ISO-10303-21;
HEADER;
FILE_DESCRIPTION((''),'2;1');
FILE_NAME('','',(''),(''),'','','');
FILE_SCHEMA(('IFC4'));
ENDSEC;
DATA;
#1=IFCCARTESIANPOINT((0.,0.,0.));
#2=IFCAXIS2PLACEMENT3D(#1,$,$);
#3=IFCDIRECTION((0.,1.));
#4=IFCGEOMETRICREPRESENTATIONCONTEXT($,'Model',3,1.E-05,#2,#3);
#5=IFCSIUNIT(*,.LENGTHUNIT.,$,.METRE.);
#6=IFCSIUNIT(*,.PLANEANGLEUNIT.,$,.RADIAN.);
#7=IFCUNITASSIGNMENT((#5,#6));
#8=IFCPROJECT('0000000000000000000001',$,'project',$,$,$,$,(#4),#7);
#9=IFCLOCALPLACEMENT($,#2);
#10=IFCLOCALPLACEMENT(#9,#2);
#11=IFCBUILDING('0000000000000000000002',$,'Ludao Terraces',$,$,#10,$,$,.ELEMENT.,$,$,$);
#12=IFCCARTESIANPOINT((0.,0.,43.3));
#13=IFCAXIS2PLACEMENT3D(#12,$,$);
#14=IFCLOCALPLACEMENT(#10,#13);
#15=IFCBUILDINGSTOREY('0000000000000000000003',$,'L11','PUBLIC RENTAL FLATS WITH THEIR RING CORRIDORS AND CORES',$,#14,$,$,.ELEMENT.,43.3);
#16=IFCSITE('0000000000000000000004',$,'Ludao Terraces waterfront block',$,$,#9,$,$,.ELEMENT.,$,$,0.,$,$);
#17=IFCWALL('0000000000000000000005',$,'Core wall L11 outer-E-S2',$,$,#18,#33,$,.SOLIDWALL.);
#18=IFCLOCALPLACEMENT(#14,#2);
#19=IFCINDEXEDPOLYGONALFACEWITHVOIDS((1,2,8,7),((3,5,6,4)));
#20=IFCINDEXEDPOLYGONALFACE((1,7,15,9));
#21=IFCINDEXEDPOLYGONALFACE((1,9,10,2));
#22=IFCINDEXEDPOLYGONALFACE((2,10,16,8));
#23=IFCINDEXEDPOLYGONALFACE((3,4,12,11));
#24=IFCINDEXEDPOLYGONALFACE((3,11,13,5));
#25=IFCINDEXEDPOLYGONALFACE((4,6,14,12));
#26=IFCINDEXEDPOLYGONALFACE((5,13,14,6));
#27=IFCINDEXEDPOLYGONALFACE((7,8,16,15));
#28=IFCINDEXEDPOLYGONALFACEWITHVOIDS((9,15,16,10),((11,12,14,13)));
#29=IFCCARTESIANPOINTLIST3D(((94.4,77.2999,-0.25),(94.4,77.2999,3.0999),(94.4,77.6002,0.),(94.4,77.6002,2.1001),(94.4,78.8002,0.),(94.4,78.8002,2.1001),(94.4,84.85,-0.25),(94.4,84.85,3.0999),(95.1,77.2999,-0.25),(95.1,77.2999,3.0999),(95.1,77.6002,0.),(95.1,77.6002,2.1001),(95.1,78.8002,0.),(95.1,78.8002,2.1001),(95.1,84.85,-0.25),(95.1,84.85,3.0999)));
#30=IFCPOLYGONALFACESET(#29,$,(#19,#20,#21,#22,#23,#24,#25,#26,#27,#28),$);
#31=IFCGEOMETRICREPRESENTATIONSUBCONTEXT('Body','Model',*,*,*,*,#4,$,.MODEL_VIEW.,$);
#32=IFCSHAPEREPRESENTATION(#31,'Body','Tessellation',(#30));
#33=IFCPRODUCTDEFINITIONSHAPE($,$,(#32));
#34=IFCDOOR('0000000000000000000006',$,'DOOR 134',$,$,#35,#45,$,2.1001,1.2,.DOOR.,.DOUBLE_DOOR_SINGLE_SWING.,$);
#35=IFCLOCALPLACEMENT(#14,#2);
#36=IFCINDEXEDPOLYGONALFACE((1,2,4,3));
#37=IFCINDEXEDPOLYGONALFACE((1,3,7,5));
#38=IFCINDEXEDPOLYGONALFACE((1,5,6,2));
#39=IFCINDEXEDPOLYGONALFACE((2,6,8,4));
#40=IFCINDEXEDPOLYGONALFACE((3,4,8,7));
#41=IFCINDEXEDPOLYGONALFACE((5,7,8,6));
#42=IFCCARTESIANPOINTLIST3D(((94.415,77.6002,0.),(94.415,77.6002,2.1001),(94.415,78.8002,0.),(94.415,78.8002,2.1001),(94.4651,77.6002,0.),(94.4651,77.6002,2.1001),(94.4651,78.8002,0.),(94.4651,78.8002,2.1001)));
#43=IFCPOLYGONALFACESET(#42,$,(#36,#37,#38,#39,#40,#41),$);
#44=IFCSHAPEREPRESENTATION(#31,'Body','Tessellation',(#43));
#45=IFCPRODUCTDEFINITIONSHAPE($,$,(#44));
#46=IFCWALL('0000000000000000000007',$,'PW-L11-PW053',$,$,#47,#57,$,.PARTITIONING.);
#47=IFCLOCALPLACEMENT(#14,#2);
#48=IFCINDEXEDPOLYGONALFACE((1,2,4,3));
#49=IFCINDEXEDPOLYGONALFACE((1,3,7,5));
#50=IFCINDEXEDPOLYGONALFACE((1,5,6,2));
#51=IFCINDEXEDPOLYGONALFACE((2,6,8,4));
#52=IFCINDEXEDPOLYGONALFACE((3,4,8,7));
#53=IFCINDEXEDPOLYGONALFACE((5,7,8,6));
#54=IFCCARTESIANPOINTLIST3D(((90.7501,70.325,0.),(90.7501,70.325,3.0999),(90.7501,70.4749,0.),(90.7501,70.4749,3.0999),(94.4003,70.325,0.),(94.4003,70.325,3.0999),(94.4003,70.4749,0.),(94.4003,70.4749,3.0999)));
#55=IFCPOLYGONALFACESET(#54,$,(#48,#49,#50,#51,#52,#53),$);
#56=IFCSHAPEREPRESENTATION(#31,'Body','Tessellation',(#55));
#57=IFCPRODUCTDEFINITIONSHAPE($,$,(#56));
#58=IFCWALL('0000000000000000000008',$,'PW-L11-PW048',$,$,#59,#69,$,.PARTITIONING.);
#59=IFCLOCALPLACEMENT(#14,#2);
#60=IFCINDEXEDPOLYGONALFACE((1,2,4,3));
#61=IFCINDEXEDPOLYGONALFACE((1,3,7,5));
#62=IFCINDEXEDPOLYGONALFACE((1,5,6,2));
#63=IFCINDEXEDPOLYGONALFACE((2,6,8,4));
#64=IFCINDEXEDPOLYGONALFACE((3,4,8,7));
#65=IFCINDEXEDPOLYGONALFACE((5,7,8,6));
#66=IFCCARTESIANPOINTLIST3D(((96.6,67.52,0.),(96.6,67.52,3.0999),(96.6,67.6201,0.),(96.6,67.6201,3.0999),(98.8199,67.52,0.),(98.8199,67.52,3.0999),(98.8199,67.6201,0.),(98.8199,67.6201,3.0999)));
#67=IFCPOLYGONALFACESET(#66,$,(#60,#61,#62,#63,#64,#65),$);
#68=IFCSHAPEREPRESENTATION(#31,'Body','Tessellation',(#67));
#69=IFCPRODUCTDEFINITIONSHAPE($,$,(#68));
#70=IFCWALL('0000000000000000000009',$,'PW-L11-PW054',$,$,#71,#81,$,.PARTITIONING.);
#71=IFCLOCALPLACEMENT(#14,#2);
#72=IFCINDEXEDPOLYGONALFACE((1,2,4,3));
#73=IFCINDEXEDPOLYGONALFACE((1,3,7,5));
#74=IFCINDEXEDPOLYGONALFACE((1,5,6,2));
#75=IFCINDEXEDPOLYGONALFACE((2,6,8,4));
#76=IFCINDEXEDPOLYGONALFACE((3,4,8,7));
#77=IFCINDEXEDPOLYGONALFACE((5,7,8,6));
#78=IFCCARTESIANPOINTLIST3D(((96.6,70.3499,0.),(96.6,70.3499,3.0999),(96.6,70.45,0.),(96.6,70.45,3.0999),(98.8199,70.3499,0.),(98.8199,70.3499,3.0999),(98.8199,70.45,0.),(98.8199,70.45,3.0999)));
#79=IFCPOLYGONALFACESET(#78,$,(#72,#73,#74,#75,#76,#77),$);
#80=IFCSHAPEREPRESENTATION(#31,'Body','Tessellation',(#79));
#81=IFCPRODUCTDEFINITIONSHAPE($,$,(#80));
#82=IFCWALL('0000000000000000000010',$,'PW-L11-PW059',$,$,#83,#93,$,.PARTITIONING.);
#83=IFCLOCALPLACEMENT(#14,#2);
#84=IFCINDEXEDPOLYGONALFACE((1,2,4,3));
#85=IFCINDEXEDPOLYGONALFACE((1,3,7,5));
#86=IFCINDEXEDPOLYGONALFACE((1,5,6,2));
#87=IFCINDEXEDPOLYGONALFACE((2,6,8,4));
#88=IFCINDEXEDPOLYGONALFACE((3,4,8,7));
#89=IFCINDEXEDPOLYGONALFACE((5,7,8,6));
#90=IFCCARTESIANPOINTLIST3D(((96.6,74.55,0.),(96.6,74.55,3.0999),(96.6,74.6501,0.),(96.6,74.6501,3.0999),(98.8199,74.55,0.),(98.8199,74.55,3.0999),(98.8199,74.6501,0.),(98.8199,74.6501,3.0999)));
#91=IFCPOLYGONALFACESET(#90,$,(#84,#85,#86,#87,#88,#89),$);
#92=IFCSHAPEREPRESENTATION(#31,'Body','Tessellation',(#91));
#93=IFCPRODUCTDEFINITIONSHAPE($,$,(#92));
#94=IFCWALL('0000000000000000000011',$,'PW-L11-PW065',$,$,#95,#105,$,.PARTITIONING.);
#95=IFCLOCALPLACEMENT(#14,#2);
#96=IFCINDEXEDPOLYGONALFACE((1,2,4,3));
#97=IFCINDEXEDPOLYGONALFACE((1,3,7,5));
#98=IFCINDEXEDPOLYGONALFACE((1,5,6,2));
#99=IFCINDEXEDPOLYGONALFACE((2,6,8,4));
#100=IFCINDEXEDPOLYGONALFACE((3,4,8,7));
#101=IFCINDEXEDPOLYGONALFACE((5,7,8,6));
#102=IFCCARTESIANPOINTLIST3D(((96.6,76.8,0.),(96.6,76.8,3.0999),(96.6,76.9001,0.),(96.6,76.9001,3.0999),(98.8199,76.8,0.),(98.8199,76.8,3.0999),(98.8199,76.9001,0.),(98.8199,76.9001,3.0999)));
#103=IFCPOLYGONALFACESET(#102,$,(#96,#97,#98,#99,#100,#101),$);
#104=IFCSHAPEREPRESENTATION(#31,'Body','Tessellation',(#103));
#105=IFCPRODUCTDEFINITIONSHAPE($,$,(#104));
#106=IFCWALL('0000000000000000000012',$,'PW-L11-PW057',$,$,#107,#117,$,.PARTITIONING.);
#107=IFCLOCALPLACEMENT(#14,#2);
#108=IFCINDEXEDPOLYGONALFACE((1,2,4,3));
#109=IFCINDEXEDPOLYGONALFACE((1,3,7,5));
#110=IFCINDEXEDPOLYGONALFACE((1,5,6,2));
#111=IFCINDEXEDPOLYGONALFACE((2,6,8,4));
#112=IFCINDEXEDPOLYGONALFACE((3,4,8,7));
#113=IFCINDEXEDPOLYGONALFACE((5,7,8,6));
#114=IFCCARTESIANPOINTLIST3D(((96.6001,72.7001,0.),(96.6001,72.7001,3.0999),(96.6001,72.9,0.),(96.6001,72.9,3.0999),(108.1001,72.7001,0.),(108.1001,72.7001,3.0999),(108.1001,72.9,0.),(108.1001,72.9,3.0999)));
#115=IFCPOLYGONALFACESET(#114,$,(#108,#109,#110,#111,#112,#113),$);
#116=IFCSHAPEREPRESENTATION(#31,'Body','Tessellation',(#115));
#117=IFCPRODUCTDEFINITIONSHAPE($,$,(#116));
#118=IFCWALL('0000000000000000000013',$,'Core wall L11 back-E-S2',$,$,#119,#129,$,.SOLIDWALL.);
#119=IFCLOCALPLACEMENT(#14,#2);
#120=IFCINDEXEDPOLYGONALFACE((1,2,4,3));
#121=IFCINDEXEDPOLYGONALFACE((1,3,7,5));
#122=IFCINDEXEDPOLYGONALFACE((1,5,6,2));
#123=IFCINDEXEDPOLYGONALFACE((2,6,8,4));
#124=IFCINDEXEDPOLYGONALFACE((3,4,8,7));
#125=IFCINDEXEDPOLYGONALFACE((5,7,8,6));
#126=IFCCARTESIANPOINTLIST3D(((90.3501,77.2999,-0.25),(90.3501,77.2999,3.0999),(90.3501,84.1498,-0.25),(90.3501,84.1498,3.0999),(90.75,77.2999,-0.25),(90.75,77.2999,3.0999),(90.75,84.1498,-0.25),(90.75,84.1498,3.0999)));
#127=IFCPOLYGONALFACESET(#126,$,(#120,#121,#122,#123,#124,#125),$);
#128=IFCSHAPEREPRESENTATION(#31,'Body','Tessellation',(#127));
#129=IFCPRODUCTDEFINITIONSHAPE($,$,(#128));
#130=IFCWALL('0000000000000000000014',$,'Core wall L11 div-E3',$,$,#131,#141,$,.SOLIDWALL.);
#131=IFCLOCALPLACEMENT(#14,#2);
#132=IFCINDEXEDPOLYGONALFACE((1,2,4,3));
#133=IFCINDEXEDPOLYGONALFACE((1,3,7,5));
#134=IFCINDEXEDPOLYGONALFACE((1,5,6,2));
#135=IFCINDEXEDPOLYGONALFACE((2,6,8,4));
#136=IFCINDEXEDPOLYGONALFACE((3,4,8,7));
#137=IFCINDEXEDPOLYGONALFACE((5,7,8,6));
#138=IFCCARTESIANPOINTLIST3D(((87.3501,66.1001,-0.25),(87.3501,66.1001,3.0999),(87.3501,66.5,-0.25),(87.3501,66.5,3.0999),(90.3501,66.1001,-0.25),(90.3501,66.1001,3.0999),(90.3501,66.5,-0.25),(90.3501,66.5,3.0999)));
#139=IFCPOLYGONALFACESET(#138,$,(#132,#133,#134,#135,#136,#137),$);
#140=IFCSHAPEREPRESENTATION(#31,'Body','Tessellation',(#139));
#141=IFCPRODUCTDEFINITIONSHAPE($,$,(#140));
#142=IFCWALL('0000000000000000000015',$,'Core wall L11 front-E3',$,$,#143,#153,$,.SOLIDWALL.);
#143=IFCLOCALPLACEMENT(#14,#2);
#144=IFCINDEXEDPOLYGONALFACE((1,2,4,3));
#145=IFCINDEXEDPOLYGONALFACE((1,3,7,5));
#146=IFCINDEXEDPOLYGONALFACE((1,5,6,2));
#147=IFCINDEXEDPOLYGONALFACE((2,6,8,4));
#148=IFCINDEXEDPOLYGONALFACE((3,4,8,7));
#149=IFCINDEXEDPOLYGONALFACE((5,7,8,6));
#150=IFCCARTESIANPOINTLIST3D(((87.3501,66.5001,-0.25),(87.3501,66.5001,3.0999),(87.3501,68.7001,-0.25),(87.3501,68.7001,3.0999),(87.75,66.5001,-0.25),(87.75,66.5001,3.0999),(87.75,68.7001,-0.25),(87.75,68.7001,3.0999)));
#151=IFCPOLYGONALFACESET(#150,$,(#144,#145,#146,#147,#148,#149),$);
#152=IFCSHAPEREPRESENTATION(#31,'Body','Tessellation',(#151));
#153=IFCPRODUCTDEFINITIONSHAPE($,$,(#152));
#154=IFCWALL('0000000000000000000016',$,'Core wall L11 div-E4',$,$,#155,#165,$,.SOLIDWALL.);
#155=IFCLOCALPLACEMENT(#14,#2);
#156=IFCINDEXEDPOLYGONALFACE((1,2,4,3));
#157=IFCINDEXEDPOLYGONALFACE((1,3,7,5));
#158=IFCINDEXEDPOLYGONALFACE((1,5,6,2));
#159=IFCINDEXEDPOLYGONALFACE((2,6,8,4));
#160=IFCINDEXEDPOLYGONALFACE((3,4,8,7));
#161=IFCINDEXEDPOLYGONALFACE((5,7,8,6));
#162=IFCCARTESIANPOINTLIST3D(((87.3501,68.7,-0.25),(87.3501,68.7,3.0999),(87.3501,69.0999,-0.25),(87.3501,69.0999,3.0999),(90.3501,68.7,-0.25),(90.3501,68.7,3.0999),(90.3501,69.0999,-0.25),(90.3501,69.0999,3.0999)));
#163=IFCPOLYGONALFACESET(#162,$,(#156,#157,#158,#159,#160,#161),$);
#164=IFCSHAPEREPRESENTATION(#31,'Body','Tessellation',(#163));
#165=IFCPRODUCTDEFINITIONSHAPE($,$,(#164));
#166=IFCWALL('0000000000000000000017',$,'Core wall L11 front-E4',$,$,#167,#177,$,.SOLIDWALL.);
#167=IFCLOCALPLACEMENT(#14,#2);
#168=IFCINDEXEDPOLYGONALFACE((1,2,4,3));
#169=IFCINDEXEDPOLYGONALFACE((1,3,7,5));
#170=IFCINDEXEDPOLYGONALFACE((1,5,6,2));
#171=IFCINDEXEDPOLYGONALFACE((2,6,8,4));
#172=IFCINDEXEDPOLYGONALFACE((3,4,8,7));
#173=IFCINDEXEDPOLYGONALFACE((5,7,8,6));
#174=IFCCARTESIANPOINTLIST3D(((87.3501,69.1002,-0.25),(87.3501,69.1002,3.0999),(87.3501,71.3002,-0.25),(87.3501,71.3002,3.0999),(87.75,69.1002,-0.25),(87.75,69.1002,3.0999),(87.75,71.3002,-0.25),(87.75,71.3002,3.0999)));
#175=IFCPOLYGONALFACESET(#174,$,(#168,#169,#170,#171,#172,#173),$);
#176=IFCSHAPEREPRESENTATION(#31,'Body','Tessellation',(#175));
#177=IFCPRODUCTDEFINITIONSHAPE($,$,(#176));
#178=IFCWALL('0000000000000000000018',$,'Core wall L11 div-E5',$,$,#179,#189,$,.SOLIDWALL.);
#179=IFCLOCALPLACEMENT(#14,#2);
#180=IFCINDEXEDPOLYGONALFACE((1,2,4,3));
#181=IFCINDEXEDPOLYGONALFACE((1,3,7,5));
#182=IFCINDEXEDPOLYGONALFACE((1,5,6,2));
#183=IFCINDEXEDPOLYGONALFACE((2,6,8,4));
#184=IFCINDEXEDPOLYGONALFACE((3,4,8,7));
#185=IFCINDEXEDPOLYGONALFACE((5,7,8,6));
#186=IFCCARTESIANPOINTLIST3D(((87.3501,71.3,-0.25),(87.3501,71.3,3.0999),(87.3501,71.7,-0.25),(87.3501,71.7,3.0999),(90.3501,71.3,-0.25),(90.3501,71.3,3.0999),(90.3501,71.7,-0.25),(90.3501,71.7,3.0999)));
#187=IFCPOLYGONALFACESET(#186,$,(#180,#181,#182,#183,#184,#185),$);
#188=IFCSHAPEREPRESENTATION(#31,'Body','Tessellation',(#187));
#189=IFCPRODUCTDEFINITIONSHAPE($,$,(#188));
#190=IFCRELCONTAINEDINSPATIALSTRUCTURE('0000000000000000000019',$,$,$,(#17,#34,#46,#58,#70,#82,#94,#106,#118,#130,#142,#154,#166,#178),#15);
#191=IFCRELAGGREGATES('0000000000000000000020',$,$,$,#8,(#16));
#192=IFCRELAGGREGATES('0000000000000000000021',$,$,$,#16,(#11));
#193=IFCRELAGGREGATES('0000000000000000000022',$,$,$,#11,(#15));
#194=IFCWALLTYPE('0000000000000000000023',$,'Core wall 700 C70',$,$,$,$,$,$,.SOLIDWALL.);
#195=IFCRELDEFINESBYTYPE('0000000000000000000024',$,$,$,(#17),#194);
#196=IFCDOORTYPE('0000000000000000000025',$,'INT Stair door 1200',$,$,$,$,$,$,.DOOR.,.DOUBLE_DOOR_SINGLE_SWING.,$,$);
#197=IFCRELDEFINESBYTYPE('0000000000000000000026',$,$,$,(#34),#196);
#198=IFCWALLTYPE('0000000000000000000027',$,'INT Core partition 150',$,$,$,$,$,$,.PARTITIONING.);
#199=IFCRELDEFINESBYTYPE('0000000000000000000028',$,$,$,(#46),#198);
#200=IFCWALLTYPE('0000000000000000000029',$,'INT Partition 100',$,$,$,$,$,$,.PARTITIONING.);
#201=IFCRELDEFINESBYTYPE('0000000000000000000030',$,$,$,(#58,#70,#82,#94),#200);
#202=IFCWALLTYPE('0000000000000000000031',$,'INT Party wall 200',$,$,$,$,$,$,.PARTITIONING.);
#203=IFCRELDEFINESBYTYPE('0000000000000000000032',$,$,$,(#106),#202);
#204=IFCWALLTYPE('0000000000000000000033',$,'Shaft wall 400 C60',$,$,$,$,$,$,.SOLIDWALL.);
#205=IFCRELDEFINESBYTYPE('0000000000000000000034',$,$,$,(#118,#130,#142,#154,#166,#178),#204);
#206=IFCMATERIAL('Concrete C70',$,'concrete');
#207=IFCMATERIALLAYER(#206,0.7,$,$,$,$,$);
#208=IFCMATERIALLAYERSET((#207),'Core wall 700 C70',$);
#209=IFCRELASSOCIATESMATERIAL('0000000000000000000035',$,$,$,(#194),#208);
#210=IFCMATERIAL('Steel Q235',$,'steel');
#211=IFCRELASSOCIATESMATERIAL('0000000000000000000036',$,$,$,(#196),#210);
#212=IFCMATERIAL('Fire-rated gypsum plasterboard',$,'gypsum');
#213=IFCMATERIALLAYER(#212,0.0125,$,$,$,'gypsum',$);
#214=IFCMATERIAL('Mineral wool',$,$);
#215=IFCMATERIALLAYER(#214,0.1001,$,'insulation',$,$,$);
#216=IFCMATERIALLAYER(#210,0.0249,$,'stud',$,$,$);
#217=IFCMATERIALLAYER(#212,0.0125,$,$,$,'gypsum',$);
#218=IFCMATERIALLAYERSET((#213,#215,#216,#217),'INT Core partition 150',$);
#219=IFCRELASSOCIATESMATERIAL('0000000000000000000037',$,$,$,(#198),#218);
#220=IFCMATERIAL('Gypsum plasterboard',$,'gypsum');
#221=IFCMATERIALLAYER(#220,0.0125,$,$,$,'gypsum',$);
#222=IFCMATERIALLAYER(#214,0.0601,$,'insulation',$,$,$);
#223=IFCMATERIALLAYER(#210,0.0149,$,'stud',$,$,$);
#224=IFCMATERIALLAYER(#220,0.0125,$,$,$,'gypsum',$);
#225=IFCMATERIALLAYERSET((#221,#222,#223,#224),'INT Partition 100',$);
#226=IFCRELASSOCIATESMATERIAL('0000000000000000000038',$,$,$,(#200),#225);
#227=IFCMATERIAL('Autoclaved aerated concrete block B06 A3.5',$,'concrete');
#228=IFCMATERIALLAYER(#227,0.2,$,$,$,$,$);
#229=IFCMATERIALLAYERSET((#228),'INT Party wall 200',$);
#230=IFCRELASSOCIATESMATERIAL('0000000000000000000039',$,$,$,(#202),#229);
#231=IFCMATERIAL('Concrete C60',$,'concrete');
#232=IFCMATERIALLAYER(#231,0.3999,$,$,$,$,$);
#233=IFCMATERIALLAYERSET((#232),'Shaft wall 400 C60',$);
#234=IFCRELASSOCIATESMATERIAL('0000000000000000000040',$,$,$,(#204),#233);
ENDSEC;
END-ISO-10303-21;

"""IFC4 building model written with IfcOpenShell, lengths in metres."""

from ifc_helpers import new_model, si_unit, direction, frame, frame_2d, origin, place, context, subcontext, project, spatial, rectangle, extrude, material, layer, layer_set, type_object, element, fill, save


model = new_model("IFC4")

# Units and contexts
model_context = context("Model", 3, precision=1e-05, world=origin(), true_north=direction((0.0, 1.0)))
body_context = subcontext(model_context, "Body", "Model", "MODEL_VIEW")
ifc_project = project(units=[si_unit("LENGTHUNIT", "METRE"), si_unit("PLANEANGLEUNIT", "RADIAN")], contexts=[model_context])

# Site, building, storey
site_placement = place(None, origin())
site = spatial("IfcSite", under=ifc_project, at=site_placement, Name="Ludao Terraces waterfront block", CompositionType="ELEMENT", RefElevation=0.0)
building_placement = place(site_placement, origin())
building = spatial("IfcBuilding", under=site, at=building_placement, Name="Ludao Terraces", CompositionType="ELEMENT")
storey_placement = place(building_placement, frame((0.0, 0.0, 43.3)))
storey = spatial("IfcBuildingStorey", under=building, at=storey_placement, Name="L11", Description="PUBLIC RENTAL FLATS WITH THEIR RING CORRIDORS AND CORES", CompositionType="ELEMENT", Elevation=43.3)

# Wall, opening, door
ifc_material_1 = material(Name="Concrete C70", Category="concrete")
ifc_layer_1 = layer(ifc_material_1, 0.7)
ifc_layer_set_1 = layer_set([ifc_layer_1], Name="Core wall 700 C70")
wall_type_1 = type_object("IfcWallType", Name="Core wall 700 C70", PredefinedType="SOLIDWALL", material=ifc_layer_set_1)
wall_1_placement = place(storey_placement, frame((94.75, 77.3, -0.25), z_axis=(0.0, 0.0, 1.0), x_axis=(0.0, 1.0, 0.0)))
wall_1 = element("IfcWall", 1, at=wall_1_placement, inside=storey, type_object=wall_type_1, Name="Core wall L11 outer-E-S2", PredefinedType="SOLIDWALL", context=body_context, shape_type="SweptSolid", body=[
    extrude(rectangle(XDim=7.55, YDim=0.7, at=frame_2d((3.7749, 0.0))), origin(), (0.0, 0.0, 1.0), 3.3499),
])
opening_1_placement = place(wall_1_placement, frame((0.3, 0.0, 0.25)))
opening_1 = element("IfcOpeningElement", 2, at=opening_1_placement, cuts=wall_1, PredefinedType="OPENING", context=body_context, shape_type="SweptSolid", body=[
    extrude(rectangle(XDim=1.2, YDim=2.1001, at=frame_2d((0.6001, 1.05))), frame((0.0, 0.3599, 0.0), z_axis=(0.0, -1.0, 0.0), x_axis=(1.0, 0.0, 0.0)), (0.0, 0.0, 1.0), 0.72),
])
ifc_material_2 = material(Name="Steel Q235", Category="steel")
door_type_1 = type_object("IfcDoorType", Name="INT Stair door 1200", OperationType="DOUBLE_DOOR_SINGLE_SWING", PredefinedType="DOOR", material=ifc_material_2)
door_1_placement = place(opening_1_placement, origin())
door_1 = element("IfcDoor", 3, at=door_1_placement, inside=storey, type_object=door_type_1, Name="DOOR 134", OperationType="DOUBLE_DOOR_SINGLE_SWING", OverallHeight=2.1001, OverallWidth=1.2, PredefinedType="DOOR", context=body_context, shape_type="SweptSolid", body=[
    extrude(rectangle(XDim=1.2, YDim=2.1001, at=frame_2d((0.6001, 1.05))), frame((0.0, 0.335, 0.0), z_axis=(0.0, -1.0, 0.0), x_axis=(1.0, 0.0, 0.0)), (0.0, 0.0, 1.0), 0.05),
])
fill(opening_1, door_1)

# Walls
ifc_material_3 = material(Name="Fire-rated gypsum plasterboard", Category="gypsum")
ifc_layer_2 = layer(ifc_material_3, 0.0125, Category="gypsum")
ifc_material_4 = material(Name="Mineral wool")
ifc_layer_3 = layer(ifc_material_4, 0.1001, Name="insulation")
ifc_layer_4 = layer(ifc_material_2, 0.0249, Name="stud")
ifc_layer_5 = layer(ifc_material_3, 0.0125, Category="gypsum")
ifc_layer_set_2 = layer_set([ifc_layer_2, ifc_layer_3, ifc_layer_4, ifc_layer_5], Name="INT Core partition 150")
wall_type_2 = type_object("IfcWallType", Name="INT Core partition 150", PredefinedType="PARTITIONING", material=ifc_layer_set_2)
wall_2_placement = place(storey_placement, frame((90.75, 70.3999, 0.0), z_axis=(0.0, 0.0, 1.0), x_axis=(1.0, 0.0, 0.0)))
element("IfcWall", 4, at=wall_2_placement, inside=storey, type_object=wall_type_2, Name="PW-L11-PW053", PredefinedType="PARTITIONING", context=body_context, shape_type="SweptSolid", body=[
    extrude(rectangle(XDim=3.6501, YDim=0.1499, at=frame_2d((1.8252, 0.0))), origin(), (0.0, 0.0, 1.0), 3.0999),
])
ifc_material_5 = material(Name="Gypsum plasterboard", Category="gypsum")
ifc_layer_6 = layer(ifc_material_5, 0.0125, Category="gypsum")
ifc_layer_7 = layer(ifc_material_4, 0.0601, Name="insulation")
ifc_layer_8 = layer(ifc_material_2, 0.0149, Name="stud")
ifc_layer_9 = layer(ifc_material_5, 0.0125, Category="gypsum")
ifc_layer_set_3 = layer_set([ifc_layer_6, ifc_layer_7, ifc_layer_8, ifc_layer_9], Name="INT Partition 100")
wall_type_3 = type_object("IfcWallType", Name="INT Partition 100", PredefinedType="PARTITIONING", material=ifc_layer_set_3)
for number, where, z_axis, x_axis, name in (
    (5, (96.6001, 67.5701, 0.0), (0.0, 0.0, 1.0), (1.0, 0.0, 0.0), "PW-L11-PW048"),
    (6, (96.6001, 70.3999, 0.0), (0.0, 0.0, 1.0), (1.0, 0.0, 0.0), "PW-L11-PW054"),
    (7, (96.6001, 74.6001, 0.0), (0.0, 0.0, 1.0), (1.0, 0.0, 0.0), "PW-L11-PW059"),
    (8, (96.6001, 76.8501, 0.0), (0.0, 0.0, 1.0), (1.0, 0.0, 0.0), "PW-L11-PW065"),
):
    element("IfcWall", number, at=place(storey_placement, frame(where, z_axis=z_axis, x_axis=x_axis)), inside=storey, type_object=wall_type_3, Name=name, PredefinedType="PARTITIONING", context=body_context, shape_type="SweptSolid", body=[
        extrude(rectangle(XDim=2.22, YDim=0.1001, at=frame_2d((1.1099, 0.0))), origin(), (0.0, 0.0, 1.0), 3.0999),
    ])
ifc_material_6 = material(Name="Autoclaved aerated concrete block B06 A3.5", Category="concrete")
ifc_layer_10 = layer(ifc_material_6, 0.2)
ifc_layer_set_4 = layer_set([ifc_layer_10], Name="INT Party wall 200")
wall_type_4 = type_object("IfcWallType", Name="INT Party wall 200", PredefinedType="PARTITIONING", material=ifc_layer_set_4)
wall_3_placement = place(storey_placement, frame((96.6001, 72.8, 0.0), z_axis=(0.0, 0.0, 1.0), x_axis=(1.0, 0.0, 0.0)))
element("IfcWall", 9, at=wall_3_placement, inside=storey, type_object=wall_type_4, Name="PW-L11-PW057", PredefinedType="PARTITIONING", context=body_context, shape_type="SweptSolid", body=[
    extrude(rectangle(XDim=11.5, YDim=0.2, at=frame_2d((5.75, 0.0))), origin(), (0.0, 0.0, 1.0), 3.0999),
])
ifc_material_7 = material(Name="Concrete C60", Category="concrete")
ifc_layer_11 = layer(ifc_material_7, 0.3999)
ifc_layer_set_5 = layer_set([ifc_layer_11], Name="Shaft wall 400 C60")
wall_type_5 = type_object("IfcWallType", Name="Shaft wall 400 C60", PredefinedType="SOLIDWALL", material=ifc_layer_set_5)
wall_4_placement = place(storey_placement, frame((90.55, 77.3, -0.25), z_axis=(0.0, 0.0, 1.0), x_axis=(0.0, 1.0, 0.0)))
element("IfcWall", 10, at=wall_4_placement, inside=storey, type_object=wall_type_5, Name="Core wall L11 back-E-S2", PredefinedType="SOLIDWALL", context=body_context, shape_type="SweptSolid", body=[
    extrude(rectangle(XDim=6.8499, YDim=0.3999, at=frame_2d((3.4248, 0.0))), origin(), (0.0, 0.0, 1.0), 3.3499),
])
wall_5_placement = place(storey_placement, frame((87.3501, 66.3, -0.25), z_axis=(0.0, 0.0, 1.0), x_axis=(1.0, 0.0, 0.0)))
element("IfcWall", 11, at=wall_5_placement, inside=storey, type_object=wall_type_5, Name="Core wall L11 div-E3", PredefinedType="SOLIDWALL", context=body_context, shape_type="SweptSolid", body=[
    extrude(rectangle(XDim=3.0, YDim=0.3999, at=frame_2d((1.5, 0.0))), origin(), (0.0, 0.0, 1.0), 3.3499),
])
wall_6_placement = place(storey_placement, frame((87.55, 66.5, -0.25), z_axis=(0.0, 0.0, 1.0), x_axis=(0.0, 1.0, 0.0)))
element("IfcWall", 12, at=wall_6_placement, inside=storey, type_object=wall_type_5, Name="Core wall L11 front-E3", PredefinedType="SOLIDWALL", context=body_context, shape_type="SweptSolid", body=[
    extrude(rectangle(XDim=2.2, YDim=0.3999, at=frame_2d((1.1001, 0.0))), origin(), (0.0, 0.0, 1.0), 3.3499),
])
wall_7_placement = place(storey_placement, frame((87.3501, 68.8999, -0.25), z_axis=(0.0, 0.0, 1.0), x_axis=(1.0, 0.0, 0.0)))
element("IfcWall", 13, at=wall_7_placement, inside=storey, type_object=wall_type_5, Name="Core wall L11 div-E4", PredefinedType="SOLIDWALL", context=body_context, shape_type="SweptSolid", body=[
    extrude(rectangle(XDim=3.0, YDim=0.3999, at=frame_2d((1.5, 0.0))), origin(), (0.0, 0.0, 1.0), 3.3499),
])
wall_8_placement = place(storey_placement, frame((87.55, 69.1001, -0.25), z_axis=(0.0, 0.0, 1.0), x_axis=(0.0, 1.0, 0.0)))
element("IfcWall", 14, at=wall_8_placement, inside=storey, type_object=wall_type_5, Name="Core wall L11 front-E4", PredefinedType="SOLIDWALL", context=body_context, shape_type="SweptSolid", body=[
    extrude(rectangle(XDim=2.2, YDim=0.3999, at=frame_2d((1.1001, 0.0))), origin(), (0.0, 0.0, 1.0), 3.3499),
])
wall_9_placement = place(storey_placement, frame((87.3501, 71.5, -0.25), z_axis=(0.0, 0.0, 1.0), x_axis=(1.0, 0.0, 0.0)))
element("IfcWall", 15, at=wall_9_placement, inside=storey, type_object=wall_type_5, Name="Core wall L11 div-E5", PredefinedType="SOLIDWALL", context=body_context, shape_type="SweptSolid", body=[
    extrude(rectangle(XDim=3.0, YDim=0.3999, at=frame_2d((1.5, 0.0))), origin(), (0.0, 0.0, 1.0), 3.3499),
])

save(model, "model.ifc")
